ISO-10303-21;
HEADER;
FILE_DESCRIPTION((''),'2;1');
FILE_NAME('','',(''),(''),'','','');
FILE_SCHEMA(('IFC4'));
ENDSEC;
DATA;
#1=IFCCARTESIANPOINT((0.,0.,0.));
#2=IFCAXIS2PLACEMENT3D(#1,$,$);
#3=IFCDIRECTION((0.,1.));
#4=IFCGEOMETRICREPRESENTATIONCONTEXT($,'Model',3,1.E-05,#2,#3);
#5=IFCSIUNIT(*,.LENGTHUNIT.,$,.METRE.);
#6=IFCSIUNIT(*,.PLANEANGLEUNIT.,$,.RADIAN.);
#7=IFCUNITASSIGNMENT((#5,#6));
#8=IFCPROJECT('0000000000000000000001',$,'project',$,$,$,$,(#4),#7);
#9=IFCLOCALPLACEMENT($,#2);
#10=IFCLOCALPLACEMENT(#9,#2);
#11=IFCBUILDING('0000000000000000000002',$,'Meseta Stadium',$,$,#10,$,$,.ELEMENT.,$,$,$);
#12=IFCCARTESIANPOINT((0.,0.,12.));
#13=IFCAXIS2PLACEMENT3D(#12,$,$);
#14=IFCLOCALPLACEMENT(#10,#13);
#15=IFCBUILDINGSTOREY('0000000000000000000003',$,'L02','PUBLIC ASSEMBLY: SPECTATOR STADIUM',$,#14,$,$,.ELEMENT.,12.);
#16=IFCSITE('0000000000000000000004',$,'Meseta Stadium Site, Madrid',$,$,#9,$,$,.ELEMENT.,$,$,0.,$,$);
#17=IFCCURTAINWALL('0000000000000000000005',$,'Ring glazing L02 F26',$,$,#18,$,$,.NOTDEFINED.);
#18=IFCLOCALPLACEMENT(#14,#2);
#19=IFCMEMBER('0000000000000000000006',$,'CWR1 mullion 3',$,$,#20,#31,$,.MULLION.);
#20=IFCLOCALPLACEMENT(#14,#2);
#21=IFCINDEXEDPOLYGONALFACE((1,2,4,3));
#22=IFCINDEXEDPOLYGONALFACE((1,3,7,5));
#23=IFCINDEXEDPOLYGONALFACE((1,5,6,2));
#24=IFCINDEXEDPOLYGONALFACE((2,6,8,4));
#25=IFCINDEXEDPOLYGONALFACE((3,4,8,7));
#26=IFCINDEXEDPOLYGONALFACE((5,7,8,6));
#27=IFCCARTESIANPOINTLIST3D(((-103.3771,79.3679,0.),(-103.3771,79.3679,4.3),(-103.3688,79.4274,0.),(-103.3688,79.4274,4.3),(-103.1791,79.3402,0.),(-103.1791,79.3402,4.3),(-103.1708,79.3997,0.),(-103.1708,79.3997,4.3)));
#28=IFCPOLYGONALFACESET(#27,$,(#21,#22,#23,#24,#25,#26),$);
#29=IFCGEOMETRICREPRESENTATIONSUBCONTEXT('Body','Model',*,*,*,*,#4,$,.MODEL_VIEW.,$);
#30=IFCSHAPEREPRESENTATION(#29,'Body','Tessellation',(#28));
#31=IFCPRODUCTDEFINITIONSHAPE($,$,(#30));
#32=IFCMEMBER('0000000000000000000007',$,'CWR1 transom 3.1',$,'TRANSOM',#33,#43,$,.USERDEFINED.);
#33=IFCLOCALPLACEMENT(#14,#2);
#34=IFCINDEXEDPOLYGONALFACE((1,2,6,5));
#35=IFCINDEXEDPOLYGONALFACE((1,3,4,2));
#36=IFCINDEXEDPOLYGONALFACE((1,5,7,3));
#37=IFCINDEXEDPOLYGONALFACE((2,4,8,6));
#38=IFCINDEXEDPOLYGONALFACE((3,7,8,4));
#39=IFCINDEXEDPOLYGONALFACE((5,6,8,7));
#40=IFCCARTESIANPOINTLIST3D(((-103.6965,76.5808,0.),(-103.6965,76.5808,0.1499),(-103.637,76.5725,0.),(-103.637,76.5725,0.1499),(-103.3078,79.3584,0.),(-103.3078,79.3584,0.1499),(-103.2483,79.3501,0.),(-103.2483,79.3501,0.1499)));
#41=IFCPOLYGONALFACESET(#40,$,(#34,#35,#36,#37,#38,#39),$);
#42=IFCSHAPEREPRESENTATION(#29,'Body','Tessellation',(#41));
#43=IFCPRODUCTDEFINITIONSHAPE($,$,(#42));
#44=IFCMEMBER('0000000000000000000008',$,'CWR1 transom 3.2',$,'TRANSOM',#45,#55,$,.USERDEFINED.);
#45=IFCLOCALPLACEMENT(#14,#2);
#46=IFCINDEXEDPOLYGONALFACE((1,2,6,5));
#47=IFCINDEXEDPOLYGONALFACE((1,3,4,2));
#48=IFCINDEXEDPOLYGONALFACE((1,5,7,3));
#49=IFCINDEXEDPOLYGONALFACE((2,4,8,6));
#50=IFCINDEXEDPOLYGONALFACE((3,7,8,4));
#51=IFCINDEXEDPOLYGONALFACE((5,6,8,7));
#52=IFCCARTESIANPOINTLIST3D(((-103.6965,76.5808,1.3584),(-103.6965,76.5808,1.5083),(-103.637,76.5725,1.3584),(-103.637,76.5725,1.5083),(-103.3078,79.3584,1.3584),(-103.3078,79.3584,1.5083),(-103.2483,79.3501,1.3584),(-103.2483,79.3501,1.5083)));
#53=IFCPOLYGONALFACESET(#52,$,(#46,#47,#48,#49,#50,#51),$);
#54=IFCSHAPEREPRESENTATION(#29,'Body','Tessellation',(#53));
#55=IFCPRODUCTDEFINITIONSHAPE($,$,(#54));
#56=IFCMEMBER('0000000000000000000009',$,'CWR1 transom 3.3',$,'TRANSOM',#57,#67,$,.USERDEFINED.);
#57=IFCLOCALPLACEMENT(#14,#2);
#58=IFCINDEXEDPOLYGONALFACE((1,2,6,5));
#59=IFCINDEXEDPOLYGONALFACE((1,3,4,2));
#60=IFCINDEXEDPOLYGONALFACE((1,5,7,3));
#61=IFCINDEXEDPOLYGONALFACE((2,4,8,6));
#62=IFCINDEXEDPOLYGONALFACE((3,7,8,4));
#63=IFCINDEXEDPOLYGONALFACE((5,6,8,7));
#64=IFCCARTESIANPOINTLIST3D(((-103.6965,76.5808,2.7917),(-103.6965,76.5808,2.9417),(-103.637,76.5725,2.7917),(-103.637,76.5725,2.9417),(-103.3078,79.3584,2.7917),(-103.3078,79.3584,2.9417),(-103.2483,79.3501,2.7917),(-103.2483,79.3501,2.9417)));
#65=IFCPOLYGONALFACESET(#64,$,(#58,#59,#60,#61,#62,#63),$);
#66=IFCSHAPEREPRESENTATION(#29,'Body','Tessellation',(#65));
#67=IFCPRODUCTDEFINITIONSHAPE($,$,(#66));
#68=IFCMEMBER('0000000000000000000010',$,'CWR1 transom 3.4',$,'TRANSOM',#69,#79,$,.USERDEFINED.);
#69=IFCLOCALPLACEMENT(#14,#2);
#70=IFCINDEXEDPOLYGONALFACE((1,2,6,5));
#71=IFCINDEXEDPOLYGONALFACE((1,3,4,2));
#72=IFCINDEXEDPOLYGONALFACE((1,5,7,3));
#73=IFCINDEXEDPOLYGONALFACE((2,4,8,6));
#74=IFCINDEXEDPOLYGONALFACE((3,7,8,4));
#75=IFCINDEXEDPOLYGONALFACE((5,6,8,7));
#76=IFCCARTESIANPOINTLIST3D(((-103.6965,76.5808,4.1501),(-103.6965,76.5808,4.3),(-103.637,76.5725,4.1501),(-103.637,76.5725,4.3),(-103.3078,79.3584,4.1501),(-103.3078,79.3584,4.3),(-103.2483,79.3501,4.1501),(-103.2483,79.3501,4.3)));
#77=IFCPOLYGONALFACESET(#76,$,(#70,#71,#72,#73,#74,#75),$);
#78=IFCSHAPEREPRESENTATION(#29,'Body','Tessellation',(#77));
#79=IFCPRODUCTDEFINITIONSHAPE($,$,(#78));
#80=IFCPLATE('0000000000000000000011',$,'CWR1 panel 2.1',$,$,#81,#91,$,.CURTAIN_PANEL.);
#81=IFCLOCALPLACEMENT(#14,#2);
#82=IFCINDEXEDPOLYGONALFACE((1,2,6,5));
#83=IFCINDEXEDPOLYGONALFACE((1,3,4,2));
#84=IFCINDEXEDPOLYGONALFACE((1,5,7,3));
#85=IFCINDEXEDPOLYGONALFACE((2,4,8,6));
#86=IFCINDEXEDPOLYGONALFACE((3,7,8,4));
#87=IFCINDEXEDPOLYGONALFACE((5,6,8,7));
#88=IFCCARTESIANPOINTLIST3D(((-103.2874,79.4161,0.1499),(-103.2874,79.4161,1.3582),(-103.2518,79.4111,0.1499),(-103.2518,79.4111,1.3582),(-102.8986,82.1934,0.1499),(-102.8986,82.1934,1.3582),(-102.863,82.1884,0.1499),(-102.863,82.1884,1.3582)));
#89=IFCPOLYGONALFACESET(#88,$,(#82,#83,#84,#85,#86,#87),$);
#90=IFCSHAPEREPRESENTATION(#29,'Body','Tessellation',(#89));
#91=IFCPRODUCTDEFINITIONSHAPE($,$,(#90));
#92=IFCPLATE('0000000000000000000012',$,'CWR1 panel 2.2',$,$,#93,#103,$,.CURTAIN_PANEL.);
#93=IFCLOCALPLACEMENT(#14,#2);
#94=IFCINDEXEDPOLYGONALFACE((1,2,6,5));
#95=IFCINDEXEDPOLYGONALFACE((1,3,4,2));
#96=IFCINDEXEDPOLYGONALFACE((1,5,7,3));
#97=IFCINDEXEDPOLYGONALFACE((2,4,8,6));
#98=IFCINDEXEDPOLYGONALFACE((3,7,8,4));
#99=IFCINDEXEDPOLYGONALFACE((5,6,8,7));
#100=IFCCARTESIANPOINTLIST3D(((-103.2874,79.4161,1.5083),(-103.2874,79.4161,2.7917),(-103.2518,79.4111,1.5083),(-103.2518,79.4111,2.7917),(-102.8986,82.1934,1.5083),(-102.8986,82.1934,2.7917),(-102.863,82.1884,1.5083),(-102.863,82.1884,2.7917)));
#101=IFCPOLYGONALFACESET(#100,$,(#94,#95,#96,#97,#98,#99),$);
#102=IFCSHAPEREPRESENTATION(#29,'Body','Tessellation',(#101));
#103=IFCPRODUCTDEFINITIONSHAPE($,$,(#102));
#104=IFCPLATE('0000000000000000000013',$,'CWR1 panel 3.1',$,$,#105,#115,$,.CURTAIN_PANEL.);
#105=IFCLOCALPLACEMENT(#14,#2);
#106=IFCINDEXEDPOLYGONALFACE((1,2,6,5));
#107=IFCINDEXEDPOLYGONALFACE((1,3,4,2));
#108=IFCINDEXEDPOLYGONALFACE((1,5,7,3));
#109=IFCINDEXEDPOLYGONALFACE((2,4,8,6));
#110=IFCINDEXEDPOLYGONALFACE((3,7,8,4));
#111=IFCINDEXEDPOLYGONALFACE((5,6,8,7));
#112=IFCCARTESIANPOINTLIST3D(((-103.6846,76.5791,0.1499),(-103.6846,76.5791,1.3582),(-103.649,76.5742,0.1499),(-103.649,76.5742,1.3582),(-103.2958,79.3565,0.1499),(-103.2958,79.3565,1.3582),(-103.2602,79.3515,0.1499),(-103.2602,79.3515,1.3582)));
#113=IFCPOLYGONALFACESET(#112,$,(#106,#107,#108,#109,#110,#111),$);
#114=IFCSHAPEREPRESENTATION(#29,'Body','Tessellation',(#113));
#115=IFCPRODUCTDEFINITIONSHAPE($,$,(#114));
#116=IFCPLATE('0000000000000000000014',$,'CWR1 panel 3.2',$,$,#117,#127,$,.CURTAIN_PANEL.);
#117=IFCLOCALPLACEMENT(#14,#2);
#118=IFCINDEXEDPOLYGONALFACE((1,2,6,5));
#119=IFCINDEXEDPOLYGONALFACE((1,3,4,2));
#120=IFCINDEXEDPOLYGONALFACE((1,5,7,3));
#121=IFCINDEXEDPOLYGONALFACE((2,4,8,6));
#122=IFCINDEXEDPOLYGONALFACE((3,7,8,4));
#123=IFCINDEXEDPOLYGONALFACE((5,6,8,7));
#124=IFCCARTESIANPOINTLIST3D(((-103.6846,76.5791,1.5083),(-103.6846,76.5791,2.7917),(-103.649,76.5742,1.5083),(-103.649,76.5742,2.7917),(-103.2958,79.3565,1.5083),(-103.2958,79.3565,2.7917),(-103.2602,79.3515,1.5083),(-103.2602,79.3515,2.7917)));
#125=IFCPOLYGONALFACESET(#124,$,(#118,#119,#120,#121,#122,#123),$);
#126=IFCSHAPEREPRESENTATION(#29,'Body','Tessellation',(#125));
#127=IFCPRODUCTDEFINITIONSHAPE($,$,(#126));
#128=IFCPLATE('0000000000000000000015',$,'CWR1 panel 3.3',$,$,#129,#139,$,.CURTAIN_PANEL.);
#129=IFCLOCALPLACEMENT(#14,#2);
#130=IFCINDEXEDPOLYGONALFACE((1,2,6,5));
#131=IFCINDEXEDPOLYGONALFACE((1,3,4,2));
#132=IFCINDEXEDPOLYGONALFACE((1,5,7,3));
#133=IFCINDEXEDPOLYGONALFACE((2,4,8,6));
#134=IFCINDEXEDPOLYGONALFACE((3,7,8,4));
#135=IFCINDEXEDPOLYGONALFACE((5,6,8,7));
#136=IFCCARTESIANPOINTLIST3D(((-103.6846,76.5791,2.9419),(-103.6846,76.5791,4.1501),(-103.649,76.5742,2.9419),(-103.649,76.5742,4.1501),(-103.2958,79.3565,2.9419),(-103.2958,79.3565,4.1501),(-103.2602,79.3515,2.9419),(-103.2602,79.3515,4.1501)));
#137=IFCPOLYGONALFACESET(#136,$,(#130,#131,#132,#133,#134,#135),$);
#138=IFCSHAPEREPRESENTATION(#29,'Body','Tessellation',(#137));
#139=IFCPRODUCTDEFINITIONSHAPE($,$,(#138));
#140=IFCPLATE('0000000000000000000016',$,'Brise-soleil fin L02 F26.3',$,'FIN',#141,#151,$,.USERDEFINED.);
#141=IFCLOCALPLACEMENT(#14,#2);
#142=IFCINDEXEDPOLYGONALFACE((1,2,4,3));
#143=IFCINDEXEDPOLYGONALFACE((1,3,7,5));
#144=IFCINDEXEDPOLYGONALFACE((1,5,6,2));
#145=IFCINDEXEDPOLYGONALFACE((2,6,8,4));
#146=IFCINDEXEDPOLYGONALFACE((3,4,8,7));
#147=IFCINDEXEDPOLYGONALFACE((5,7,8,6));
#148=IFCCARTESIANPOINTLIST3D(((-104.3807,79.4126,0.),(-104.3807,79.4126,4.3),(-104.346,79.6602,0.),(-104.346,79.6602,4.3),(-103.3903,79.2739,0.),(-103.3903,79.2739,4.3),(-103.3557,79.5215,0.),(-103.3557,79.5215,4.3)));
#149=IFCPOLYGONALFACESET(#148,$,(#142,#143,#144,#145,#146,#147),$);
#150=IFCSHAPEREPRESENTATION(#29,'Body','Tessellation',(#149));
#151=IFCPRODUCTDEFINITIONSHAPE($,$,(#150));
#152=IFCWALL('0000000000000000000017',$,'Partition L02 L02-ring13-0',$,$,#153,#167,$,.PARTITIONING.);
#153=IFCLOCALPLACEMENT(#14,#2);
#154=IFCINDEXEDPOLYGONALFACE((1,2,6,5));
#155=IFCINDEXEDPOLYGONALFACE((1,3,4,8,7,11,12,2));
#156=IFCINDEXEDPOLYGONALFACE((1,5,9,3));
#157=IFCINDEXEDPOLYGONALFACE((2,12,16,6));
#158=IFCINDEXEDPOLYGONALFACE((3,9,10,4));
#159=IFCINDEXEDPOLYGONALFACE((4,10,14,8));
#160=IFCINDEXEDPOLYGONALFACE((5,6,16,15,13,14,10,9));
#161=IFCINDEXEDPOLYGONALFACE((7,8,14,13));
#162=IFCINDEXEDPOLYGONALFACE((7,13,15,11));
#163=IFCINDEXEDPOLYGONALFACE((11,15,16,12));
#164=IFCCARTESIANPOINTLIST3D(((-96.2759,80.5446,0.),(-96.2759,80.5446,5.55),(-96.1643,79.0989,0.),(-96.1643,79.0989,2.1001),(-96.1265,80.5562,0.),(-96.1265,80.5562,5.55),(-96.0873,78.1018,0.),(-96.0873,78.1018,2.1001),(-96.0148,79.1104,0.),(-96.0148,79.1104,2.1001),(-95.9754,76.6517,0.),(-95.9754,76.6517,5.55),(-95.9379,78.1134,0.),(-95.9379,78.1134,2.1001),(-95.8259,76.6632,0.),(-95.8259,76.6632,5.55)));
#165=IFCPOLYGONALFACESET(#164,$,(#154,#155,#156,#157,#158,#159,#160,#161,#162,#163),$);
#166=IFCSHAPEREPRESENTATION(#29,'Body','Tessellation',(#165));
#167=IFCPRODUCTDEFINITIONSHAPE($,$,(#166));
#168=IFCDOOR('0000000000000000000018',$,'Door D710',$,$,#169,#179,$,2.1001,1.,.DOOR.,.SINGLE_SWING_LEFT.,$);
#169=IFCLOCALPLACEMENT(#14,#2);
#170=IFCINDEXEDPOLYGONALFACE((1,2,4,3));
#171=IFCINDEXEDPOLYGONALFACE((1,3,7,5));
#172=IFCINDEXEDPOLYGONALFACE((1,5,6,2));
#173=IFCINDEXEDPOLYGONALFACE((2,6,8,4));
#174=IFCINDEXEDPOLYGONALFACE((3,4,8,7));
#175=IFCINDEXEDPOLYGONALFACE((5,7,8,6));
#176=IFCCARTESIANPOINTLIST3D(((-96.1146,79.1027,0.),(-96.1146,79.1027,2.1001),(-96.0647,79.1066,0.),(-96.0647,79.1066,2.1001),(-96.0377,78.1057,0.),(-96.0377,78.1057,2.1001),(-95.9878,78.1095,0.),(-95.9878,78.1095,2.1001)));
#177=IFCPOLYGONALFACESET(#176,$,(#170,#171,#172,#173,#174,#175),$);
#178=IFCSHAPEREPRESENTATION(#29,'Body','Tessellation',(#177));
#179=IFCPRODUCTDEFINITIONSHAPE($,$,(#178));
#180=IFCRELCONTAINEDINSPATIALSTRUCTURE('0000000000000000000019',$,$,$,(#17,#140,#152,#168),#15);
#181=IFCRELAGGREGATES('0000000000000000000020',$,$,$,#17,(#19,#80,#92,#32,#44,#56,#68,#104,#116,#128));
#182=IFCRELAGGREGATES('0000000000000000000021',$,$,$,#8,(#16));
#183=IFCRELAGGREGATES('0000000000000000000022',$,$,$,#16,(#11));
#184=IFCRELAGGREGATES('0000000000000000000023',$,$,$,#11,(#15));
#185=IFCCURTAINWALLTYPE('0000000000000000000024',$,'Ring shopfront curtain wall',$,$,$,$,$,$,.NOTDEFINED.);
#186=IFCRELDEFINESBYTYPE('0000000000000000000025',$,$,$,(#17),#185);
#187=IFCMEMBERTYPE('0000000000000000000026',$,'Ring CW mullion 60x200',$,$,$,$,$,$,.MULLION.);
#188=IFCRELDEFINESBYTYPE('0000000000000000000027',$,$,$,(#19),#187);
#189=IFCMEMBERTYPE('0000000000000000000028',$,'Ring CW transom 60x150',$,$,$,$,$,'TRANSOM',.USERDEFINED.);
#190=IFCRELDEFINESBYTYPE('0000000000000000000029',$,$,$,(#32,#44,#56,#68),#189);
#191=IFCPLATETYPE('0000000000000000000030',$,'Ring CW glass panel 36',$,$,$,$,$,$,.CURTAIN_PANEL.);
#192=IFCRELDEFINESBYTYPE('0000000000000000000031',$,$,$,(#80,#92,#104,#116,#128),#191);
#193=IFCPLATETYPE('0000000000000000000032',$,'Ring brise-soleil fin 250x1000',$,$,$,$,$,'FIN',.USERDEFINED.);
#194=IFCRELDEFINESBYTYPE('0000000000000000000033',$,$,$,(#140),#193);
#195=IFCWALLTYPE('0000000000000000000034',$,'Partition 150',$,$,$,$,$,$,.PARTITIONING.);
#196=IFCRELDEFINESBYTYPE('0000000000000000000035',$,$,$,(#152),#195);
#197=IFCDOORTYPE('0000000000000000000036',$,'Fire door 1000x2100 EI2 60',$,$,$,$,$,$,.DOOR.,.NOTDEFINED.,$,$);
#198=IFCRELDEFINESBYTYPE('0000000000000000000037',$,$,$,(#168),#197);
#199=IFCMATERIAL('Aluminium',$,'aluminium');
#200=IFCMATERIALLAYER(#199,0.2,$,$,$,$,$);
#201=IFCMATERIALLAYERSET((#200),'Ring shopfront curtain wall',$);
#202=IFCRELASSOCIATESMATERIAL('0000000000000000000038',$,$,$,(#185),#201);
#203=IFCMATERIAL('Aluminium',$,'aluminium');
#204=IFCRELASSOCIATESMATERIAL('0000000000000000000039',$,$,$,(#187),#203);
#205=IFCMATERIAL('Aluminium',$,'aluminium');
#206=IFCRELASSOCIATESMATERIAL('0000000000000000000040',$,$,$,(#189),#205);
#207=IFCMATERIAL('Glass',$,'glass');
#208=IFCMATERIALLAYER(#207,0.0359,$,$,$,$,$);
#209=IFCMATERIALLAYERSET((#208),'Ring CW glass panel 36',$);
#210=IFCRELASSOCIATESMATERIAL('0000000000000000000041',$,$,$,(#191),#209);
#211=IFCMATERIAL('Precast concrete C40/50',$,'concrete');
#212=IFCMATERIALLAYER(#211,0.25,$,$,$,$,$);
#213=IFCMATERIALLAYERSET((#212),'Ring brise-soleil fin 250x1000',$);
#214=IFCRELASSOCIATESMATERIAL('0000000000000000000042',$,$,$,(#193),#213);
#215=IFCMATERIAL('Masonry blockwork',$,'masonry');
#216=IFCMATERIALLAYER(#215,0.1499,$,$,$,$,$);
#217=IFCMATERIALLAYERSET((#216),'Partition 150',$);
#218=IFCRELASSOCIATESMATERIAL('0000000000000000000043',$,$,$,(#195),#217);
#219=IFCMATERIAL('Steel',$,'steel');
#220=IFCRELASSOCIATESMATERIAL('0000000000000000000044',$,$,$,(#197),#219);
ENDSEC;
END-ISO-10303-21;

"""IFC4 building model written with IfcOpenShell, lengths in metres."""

from ifc_helpers import new_model, si_unit, direction, frame, frame_2d, origin, origin_2d, place, context, subcontext, project, spatial, rectangle, extrude, material, layer, layer_set, material_profile, profile_set, type_object, element, fill, aggregate, save


model = new_model("IFC4")

# Units and contexts
model_context = context("Model", 3, precision=1e-05, world=origin(), true_north=direction((0.0, 1.0)))
body_context = subcontext(model_context, "Body", "Model", "MODEL_VIEW")
ifc_project = project(units=[si_unit("LENGTHUNIT", "METRE"), si_unit("PLANEANGLEUNIT", "RADIAN")], contexts=[model_context])

# Site, building, storey
site_placement = place(None, origin())
site = spatial("IfcSite", under=ifc_project, at=site_placement, Name="Meseta Stadium Site, Madrid", CompositionType="ELEMENT", RefElevation=0.0)
building_placement = place(site_placement, origin())
building = spatial("IfcBuilding", under=site, at=building_placement, Name="Meseta Stadium", CompositionType="ELEMENT")
storey_placement = place(building_placement, frame((0.0, 0.0, 12.0)))
storey = spatial("IfcBuildingStorey", under=building, at=storey_placement, Name="L02", Description="PUBLIC ASSEMBLY: SPECTATOR STADIUM", CompositionType="ELEMENT", Elevation=12.0)

# Curtain wall, members, plates
ifc_material_1 = material(Name="Aluminium", Category="aluminium")
ifc_layer_1 = layer(ifc_material_1, 0.2)
ifc_layer_set_1 = layer_set([ifc_layer_1], Name="Ring shopfront curtain wall")
curtain_wall_type = type_object("IfcCurtainWallType", Name="Ring shopfront curtain wall", PredefinedType="NOTDEFINED", material=ifc_layer_set_1)
curtain_wall_placement = place(storey_placement, origin())
curtain_wall = element("IfcCurtainWall", 1, at=curtain_wall_placement, inside=storey, type_object=curtain_wall_type, Name="Ring glazing L02 F26", PredefinedType="NOTDEFINED")
ifc_material_2 = material(Name="Aluminium", Category="aluminium")
ifc_material_profile_1 = material_profile(ifc_material_2, rectangle(XDim=0.2, YDim=0.0601, at=origin_2d()), Name="CW 200x60")
ifc_profile_set_1 = profile_set([ifc_material_profile_1], Name="Aluminium")
member_type_1 = type_object("IfcMemberType", Name="Ring CW mullion 60x200", PredefinedType="MULLION", material=ifc_profile_set_1)
member_1_placement = place(storey_placement, frame((-103.2739, 79.3838, 0.0), z_axis=(0.0, 0.0, 1.0), x_axis=(0.990342, -0.138643, 0.0)))
member_1 = element("IfcMember", 2, at=member_1_placement, type_object=member_type_1, Name="CWR1 mullion 3", PredefinedType="MULLION", context=body_context, shape_type="SweptSolid", body=[
    extrude(rectangle(XDim=0.2, YDim=0.0601, at=origin_2d()), origin(), (0.0, 0.0, 1.0), 4.3),
])
ifc_material_3 = material(Name="Aluminium", Category="aluminium")
ifc_material_profile_2 = material_profile(ifc_material_3, rectangle(XDim=0.0601, YDim=0.1499, at=origin_2d()), Name="CW 60x150")
ifc_profile_set_2 = profile_set([ifc_material_profile_2], Name="Aluminium")
member_type_2 = type_object("IfcMemberType", Name="Ring CW transom 60x150", ElementType="TRANSOM", PredefinedType="USERDEFINED", material=ifc_profile_set_2)
member_2_placement = place(storey_placement, frame((-103.2781, 79.3542, 0.075), z_axis=(-0.138581, -0.990351, 0.0), x_axis=(0.990351, -0.138581, 0.0)))
member_2 = element("IfcMember", 3, at=member_2_placement, type_object=member_type_2, Name="CWR1 transom 3.1", ObjectType="TRANSOM", PredefinedType="USERDEFINED", context=body_context, shape_type="SweptSolid", body=[
    extrude(rectangle(XDim=0.0601, YDim=0.1499, at=origin_2d()), origin(), (0.0, 0.0, 1.0), 2.8047),
])
member_3_placement = place(storey_placement, frame((-103.2781, 79.3542, 1.4333), z_axis=(-0.138581, -0.990351, 0.0), x_axis=(0.990351, -0.138581, 0.0)))
member_3 = element("IfcMember", 4, at=member_3_placement, type_object=member_type_2, Name="CWR1 transom 3.2", ObjectType="TRANSOM", PredefinedType="USERDEFINED", context=body_context, shape_type="SweptSolid", body=[
    extrude(rectangle(XDim=0.0601, YDim=0.1499, at=origin_2d()), origin(), (0.0, 0.0, 1.0), 2.8047),
])
member_4_placement = place(storey_placement, frame((-103.2781, 79.3542, 2.8667), z_axis=(-0.138581, -0.990351, 0.0), x_axis=(0.990351, -0.138581, 0.0)))
member_4 = element("IfcMember", 5, at=member_4_placement, type_object=member_type_2, Name="CWR1 transom 3.3", ObjectType="TRANSOM", PredefinedType="USERDEFINED", context=body_context, shape_type="SweptSolid", body=[
    extrude(rectangle(XDim=0.0601, YDim=0.1499, at=origin_2d()), origin(), (0.0, 0.0, 1.0), 2.8047),
])
member_5_placement = place(storey_placement, frame((-103.2781, 79.3542, 4.2251), z_axis=(-0.138581, -0.990351, 0.0), x_axis=(0.990351, -0.138581, 0.0)))
member_5 = element("IfcMember", 6, at=member_5_placement, type_object=member_type_2, Name="CWR1 transom 3.4", ObjectType="TRANSOM", PredefinedType="USERDEFINED", context=body_context, shape_type="SweptSolid", body=[
    extrude(rectangle(XDim=0.0601, YDim=0.1499, at=origin_2d()), origin(), (0.0, 0.0, 1.0), 2.8047),
])
ifc_material_4 = material(Name="Glass", Category="glass")
ifc_layer_2 = layer(ifc_material_4, 0.0359)
ifc_layer_set_2 = layer_set([ifc_layer_2], Name="Ring CW glass panel 36")
plate_type_1 = type_object("IfcPlateType", Name="Ring CW glass panel 36", PredefinedType="CURTAIN_PANEL", material=ifc_layer_set_2)
plate_1_placement = place(storey_placement, frame((-103.0752, 80.8022, 0.1499), z_axis=(0.0, 0.0, 1.0), x_axis=(-0.138643, -0.990342, 0.0)))
plate_1 = element("IfcPlate", 7, at=plate_1_placement, type_object=plate_type_1, Name="CWR1 panel 2.1", PredefinedType="CURTAIN_PANEL", context=body_context, shape_type="SweptSolid", body=[
    extrude(rectangle(XDim=2.8044, YDim=0.0359, at=origin_2d()), origin(), (0.0, 0.0, 1.0), 1.2083),
])
plate_2_placement = place(storey_placement, frame((-103.0752, 80.8022, 1.5083), z_axis=(0.0, 0.0, 1.0), x_axis=(-0.138643, -0.990342, 0.0)))
plate_2 = element("IfcPlate", 8, at=plate_2_placement, type_object=plate_type_1, Name="CWR1 panel 2.2", PredefinedType="CURTAIN_PANEL", context=body_context, shape_type="SweptSolid", body=[
    extrude(rectangle(XDim=2.8044, YDim=0.0359, at=origin_2d()), origin(), (0.0, 0.0, 1.0), 1.2834),
])
plate_3_placement = place(storey_placement, frame((-103.4724, 77.9653, 0.1499), z_axis=(0.0, 0.0, 1.0), x_axis=(-0.138643, -0.990342, 0.0)))
plate_3 = element("IfcPlate", 9, at=plate_3_placement, type_object=plate_type_1, Name="CWR1 panel 3.1", PredefinedType="CURTAIN_PANEL", context=body_context, shape_type="SweptSolid", body=[
    extrude(rectangle(XDim=2.8044, YDim=0.0359, at=origin_2d()), origin(), (0.0, 0.0, 1.0), 1.2083),
])
plate_4_placement = place(storey_placement, frame((-103.4724, 77.9653, 1.5083), z_axis=(0.0, 0.0, 1.0), x_axis=(-0.138643, -0.990342, 0.0)))
plate_4 = element("IfcPlate", 10, at=plate_4_placement, type_object=plate_type_1, Name="CWR1 panel 3.2", PredefinedType="CURTAIN_PANEL", context=body_context, shape_type="SweptSolid", body=[
    extrude(rectangle(XDim=2.8044, YDim=0.0359, at=origin_2d()), origin(), (0.0, 0.0, 1.0), 1.2834),
])
plate_5_placement = place(storey_placement, frame((-103.4724, 77.9653, 2.9419), z_axis=(0.0, 0.0, 1.0), x_axis=(-0.138643, -0.990342, 0.0)))
plate_5 = element("IfcPlate", 11, at=plate_5_placement, type_object=plate_type_1, Name="CWR1 panel 3.3", PredefinedType="CURTAIN_PANEL", context=body_context, shape_type="SweptSolid", body=[
    extrude(rectangle(XDim=2.8044, YDim=0.0359, at=origin_2d()), origin(), (0.0, 0.0, 1.0), 1.2083),
])
aggregate(curtain_wall, [member_1, plate_1, plate_2, member_2, member_3, member_4, member_5, plate_3, plate_4, plate_5])

# Plate
ifc_material_5 = material(Name="Precast concrete C40/50", Category="concrete")
ifc_layer_3 = layer(ifc_material_5, 0.25)
ifc_layer_set_3 = layer_set([ifc_layer_3], Name="Ring brise-soleil fin 250x1000")
plate_type_2 = type_object("IfcPlateType", Name="Ring brise-soleil fin 250x1000", ElementType="FIN", PredefinedType="USERDEFINED", material=ifc_layer_set_3)
plate_6_placement = place(storey_placement, frame((-103.8682, 79.467, 0.0), z_axis=(0.0, 0.0, 1.0), x_axis=(-0.138641, -0.990343, 0.0)))
element("IfcPlate", 12, at=plate_6_placement, inside=storey, type_object=plate_type_2, Name="Brise-soleil fin L02 F26.3", ObjectType="FIN", PredefinedType="USERDEFINED", context=body_context, shape_type="SweptSolid", body=[
    extrude(rectangle(XDim=0.25, YDim=1.0, at=origin_2d()), origin(), (0.0, 0.0, 1.0), 4.3),
])

# Wall, opening, door
ifc_material_6 = material(Name="Masonry blockwork", Category="masonry")
ifc_layer_4 = layer(ifc_material_6, 0.1499)
ifc_layer_set_4 = layer_set([ifc_layer_4], Name="Partition 150")
wall_type = type_object("IfcWallType", Name="Partition 150", PredefinedType="PARTITIONING", material=ifc_layer_set_4)
wall_1_placement = place(storey_placement, frame((-96.2012, 80.5503, 0.0), z_axis=(0.0, 0.0, 1.0), x_axis=(0.076969, -0.997033, 0.0)))
wall_1 = element("IfcWall", 13, at=wall_1_placement, inside=storey, type_object=wall_type, Name="Partition L02 L02-ring13-0", PredefinedType="PARTITIONING", context=body_context, shape_type="SweptSolid", body=[
    extrude(rectangle(XDim=3.9045, YDim=0.1499, at=frame_2d((1.9521, 0.0))), origin(), (0.0, 0.0, 1.0), 5.55),
])
opening_1_placement = place(wall_1_placement, frame((1.45, 0.0, 0.0)))
opening_1 = element("IfcOpeningElement", 14, at=opening_1_placement, cuts=wall_1, PredefinedType="OPENING", context=body_context, shape_type="SweptSolid", body=[
    extrude(rectangle(XDim=1.0, YDim=2.1001, at=frame_2d((0.5, 1.05))), frame((0.0, 0.085, 0.0), z_axis=(0.0, -1.0, 0.0), x_axis=(1.0, 0.0, 0.0)), (0.0, 0.0, 1.0), 0.1699),
])
ifc_material_7 = material(Name="Steel", Category="steel")
door_type = type_object("IfcDoorType", Name="Fire door 1000x2100 EI2 60", OperationType="NOTDEFINED", PredefinedType="DOOR", material=ifc_material_7)
door_1_placement = place(opening_1_placement, origin())
door_1 = element("IfcDoor", 15, at=door_1_placement, inside=storey, type_object=door_type, Name="Door D710", OperationType="SINGLE_SWING_LEFT", OverallHeight=2.1001, OverallWidth=1.0, PredefinedType="DOOR", context=body_context, shape_type="SweptSolid", body=[
    extrude(rectangle(XDim=1.0, YDim=2.1001, at=frame_2d((0.5, 1.05))), frame((0.0, 0.0249, 0.0), z_axis=(0.0, -1.0, 0.0), x_axis=(1.0, 0.0, 0.0)), (0.0, 0.0, 1.0), 0.05),
])
fill(opening_1, door_1)

save(model, "model.ifc")
